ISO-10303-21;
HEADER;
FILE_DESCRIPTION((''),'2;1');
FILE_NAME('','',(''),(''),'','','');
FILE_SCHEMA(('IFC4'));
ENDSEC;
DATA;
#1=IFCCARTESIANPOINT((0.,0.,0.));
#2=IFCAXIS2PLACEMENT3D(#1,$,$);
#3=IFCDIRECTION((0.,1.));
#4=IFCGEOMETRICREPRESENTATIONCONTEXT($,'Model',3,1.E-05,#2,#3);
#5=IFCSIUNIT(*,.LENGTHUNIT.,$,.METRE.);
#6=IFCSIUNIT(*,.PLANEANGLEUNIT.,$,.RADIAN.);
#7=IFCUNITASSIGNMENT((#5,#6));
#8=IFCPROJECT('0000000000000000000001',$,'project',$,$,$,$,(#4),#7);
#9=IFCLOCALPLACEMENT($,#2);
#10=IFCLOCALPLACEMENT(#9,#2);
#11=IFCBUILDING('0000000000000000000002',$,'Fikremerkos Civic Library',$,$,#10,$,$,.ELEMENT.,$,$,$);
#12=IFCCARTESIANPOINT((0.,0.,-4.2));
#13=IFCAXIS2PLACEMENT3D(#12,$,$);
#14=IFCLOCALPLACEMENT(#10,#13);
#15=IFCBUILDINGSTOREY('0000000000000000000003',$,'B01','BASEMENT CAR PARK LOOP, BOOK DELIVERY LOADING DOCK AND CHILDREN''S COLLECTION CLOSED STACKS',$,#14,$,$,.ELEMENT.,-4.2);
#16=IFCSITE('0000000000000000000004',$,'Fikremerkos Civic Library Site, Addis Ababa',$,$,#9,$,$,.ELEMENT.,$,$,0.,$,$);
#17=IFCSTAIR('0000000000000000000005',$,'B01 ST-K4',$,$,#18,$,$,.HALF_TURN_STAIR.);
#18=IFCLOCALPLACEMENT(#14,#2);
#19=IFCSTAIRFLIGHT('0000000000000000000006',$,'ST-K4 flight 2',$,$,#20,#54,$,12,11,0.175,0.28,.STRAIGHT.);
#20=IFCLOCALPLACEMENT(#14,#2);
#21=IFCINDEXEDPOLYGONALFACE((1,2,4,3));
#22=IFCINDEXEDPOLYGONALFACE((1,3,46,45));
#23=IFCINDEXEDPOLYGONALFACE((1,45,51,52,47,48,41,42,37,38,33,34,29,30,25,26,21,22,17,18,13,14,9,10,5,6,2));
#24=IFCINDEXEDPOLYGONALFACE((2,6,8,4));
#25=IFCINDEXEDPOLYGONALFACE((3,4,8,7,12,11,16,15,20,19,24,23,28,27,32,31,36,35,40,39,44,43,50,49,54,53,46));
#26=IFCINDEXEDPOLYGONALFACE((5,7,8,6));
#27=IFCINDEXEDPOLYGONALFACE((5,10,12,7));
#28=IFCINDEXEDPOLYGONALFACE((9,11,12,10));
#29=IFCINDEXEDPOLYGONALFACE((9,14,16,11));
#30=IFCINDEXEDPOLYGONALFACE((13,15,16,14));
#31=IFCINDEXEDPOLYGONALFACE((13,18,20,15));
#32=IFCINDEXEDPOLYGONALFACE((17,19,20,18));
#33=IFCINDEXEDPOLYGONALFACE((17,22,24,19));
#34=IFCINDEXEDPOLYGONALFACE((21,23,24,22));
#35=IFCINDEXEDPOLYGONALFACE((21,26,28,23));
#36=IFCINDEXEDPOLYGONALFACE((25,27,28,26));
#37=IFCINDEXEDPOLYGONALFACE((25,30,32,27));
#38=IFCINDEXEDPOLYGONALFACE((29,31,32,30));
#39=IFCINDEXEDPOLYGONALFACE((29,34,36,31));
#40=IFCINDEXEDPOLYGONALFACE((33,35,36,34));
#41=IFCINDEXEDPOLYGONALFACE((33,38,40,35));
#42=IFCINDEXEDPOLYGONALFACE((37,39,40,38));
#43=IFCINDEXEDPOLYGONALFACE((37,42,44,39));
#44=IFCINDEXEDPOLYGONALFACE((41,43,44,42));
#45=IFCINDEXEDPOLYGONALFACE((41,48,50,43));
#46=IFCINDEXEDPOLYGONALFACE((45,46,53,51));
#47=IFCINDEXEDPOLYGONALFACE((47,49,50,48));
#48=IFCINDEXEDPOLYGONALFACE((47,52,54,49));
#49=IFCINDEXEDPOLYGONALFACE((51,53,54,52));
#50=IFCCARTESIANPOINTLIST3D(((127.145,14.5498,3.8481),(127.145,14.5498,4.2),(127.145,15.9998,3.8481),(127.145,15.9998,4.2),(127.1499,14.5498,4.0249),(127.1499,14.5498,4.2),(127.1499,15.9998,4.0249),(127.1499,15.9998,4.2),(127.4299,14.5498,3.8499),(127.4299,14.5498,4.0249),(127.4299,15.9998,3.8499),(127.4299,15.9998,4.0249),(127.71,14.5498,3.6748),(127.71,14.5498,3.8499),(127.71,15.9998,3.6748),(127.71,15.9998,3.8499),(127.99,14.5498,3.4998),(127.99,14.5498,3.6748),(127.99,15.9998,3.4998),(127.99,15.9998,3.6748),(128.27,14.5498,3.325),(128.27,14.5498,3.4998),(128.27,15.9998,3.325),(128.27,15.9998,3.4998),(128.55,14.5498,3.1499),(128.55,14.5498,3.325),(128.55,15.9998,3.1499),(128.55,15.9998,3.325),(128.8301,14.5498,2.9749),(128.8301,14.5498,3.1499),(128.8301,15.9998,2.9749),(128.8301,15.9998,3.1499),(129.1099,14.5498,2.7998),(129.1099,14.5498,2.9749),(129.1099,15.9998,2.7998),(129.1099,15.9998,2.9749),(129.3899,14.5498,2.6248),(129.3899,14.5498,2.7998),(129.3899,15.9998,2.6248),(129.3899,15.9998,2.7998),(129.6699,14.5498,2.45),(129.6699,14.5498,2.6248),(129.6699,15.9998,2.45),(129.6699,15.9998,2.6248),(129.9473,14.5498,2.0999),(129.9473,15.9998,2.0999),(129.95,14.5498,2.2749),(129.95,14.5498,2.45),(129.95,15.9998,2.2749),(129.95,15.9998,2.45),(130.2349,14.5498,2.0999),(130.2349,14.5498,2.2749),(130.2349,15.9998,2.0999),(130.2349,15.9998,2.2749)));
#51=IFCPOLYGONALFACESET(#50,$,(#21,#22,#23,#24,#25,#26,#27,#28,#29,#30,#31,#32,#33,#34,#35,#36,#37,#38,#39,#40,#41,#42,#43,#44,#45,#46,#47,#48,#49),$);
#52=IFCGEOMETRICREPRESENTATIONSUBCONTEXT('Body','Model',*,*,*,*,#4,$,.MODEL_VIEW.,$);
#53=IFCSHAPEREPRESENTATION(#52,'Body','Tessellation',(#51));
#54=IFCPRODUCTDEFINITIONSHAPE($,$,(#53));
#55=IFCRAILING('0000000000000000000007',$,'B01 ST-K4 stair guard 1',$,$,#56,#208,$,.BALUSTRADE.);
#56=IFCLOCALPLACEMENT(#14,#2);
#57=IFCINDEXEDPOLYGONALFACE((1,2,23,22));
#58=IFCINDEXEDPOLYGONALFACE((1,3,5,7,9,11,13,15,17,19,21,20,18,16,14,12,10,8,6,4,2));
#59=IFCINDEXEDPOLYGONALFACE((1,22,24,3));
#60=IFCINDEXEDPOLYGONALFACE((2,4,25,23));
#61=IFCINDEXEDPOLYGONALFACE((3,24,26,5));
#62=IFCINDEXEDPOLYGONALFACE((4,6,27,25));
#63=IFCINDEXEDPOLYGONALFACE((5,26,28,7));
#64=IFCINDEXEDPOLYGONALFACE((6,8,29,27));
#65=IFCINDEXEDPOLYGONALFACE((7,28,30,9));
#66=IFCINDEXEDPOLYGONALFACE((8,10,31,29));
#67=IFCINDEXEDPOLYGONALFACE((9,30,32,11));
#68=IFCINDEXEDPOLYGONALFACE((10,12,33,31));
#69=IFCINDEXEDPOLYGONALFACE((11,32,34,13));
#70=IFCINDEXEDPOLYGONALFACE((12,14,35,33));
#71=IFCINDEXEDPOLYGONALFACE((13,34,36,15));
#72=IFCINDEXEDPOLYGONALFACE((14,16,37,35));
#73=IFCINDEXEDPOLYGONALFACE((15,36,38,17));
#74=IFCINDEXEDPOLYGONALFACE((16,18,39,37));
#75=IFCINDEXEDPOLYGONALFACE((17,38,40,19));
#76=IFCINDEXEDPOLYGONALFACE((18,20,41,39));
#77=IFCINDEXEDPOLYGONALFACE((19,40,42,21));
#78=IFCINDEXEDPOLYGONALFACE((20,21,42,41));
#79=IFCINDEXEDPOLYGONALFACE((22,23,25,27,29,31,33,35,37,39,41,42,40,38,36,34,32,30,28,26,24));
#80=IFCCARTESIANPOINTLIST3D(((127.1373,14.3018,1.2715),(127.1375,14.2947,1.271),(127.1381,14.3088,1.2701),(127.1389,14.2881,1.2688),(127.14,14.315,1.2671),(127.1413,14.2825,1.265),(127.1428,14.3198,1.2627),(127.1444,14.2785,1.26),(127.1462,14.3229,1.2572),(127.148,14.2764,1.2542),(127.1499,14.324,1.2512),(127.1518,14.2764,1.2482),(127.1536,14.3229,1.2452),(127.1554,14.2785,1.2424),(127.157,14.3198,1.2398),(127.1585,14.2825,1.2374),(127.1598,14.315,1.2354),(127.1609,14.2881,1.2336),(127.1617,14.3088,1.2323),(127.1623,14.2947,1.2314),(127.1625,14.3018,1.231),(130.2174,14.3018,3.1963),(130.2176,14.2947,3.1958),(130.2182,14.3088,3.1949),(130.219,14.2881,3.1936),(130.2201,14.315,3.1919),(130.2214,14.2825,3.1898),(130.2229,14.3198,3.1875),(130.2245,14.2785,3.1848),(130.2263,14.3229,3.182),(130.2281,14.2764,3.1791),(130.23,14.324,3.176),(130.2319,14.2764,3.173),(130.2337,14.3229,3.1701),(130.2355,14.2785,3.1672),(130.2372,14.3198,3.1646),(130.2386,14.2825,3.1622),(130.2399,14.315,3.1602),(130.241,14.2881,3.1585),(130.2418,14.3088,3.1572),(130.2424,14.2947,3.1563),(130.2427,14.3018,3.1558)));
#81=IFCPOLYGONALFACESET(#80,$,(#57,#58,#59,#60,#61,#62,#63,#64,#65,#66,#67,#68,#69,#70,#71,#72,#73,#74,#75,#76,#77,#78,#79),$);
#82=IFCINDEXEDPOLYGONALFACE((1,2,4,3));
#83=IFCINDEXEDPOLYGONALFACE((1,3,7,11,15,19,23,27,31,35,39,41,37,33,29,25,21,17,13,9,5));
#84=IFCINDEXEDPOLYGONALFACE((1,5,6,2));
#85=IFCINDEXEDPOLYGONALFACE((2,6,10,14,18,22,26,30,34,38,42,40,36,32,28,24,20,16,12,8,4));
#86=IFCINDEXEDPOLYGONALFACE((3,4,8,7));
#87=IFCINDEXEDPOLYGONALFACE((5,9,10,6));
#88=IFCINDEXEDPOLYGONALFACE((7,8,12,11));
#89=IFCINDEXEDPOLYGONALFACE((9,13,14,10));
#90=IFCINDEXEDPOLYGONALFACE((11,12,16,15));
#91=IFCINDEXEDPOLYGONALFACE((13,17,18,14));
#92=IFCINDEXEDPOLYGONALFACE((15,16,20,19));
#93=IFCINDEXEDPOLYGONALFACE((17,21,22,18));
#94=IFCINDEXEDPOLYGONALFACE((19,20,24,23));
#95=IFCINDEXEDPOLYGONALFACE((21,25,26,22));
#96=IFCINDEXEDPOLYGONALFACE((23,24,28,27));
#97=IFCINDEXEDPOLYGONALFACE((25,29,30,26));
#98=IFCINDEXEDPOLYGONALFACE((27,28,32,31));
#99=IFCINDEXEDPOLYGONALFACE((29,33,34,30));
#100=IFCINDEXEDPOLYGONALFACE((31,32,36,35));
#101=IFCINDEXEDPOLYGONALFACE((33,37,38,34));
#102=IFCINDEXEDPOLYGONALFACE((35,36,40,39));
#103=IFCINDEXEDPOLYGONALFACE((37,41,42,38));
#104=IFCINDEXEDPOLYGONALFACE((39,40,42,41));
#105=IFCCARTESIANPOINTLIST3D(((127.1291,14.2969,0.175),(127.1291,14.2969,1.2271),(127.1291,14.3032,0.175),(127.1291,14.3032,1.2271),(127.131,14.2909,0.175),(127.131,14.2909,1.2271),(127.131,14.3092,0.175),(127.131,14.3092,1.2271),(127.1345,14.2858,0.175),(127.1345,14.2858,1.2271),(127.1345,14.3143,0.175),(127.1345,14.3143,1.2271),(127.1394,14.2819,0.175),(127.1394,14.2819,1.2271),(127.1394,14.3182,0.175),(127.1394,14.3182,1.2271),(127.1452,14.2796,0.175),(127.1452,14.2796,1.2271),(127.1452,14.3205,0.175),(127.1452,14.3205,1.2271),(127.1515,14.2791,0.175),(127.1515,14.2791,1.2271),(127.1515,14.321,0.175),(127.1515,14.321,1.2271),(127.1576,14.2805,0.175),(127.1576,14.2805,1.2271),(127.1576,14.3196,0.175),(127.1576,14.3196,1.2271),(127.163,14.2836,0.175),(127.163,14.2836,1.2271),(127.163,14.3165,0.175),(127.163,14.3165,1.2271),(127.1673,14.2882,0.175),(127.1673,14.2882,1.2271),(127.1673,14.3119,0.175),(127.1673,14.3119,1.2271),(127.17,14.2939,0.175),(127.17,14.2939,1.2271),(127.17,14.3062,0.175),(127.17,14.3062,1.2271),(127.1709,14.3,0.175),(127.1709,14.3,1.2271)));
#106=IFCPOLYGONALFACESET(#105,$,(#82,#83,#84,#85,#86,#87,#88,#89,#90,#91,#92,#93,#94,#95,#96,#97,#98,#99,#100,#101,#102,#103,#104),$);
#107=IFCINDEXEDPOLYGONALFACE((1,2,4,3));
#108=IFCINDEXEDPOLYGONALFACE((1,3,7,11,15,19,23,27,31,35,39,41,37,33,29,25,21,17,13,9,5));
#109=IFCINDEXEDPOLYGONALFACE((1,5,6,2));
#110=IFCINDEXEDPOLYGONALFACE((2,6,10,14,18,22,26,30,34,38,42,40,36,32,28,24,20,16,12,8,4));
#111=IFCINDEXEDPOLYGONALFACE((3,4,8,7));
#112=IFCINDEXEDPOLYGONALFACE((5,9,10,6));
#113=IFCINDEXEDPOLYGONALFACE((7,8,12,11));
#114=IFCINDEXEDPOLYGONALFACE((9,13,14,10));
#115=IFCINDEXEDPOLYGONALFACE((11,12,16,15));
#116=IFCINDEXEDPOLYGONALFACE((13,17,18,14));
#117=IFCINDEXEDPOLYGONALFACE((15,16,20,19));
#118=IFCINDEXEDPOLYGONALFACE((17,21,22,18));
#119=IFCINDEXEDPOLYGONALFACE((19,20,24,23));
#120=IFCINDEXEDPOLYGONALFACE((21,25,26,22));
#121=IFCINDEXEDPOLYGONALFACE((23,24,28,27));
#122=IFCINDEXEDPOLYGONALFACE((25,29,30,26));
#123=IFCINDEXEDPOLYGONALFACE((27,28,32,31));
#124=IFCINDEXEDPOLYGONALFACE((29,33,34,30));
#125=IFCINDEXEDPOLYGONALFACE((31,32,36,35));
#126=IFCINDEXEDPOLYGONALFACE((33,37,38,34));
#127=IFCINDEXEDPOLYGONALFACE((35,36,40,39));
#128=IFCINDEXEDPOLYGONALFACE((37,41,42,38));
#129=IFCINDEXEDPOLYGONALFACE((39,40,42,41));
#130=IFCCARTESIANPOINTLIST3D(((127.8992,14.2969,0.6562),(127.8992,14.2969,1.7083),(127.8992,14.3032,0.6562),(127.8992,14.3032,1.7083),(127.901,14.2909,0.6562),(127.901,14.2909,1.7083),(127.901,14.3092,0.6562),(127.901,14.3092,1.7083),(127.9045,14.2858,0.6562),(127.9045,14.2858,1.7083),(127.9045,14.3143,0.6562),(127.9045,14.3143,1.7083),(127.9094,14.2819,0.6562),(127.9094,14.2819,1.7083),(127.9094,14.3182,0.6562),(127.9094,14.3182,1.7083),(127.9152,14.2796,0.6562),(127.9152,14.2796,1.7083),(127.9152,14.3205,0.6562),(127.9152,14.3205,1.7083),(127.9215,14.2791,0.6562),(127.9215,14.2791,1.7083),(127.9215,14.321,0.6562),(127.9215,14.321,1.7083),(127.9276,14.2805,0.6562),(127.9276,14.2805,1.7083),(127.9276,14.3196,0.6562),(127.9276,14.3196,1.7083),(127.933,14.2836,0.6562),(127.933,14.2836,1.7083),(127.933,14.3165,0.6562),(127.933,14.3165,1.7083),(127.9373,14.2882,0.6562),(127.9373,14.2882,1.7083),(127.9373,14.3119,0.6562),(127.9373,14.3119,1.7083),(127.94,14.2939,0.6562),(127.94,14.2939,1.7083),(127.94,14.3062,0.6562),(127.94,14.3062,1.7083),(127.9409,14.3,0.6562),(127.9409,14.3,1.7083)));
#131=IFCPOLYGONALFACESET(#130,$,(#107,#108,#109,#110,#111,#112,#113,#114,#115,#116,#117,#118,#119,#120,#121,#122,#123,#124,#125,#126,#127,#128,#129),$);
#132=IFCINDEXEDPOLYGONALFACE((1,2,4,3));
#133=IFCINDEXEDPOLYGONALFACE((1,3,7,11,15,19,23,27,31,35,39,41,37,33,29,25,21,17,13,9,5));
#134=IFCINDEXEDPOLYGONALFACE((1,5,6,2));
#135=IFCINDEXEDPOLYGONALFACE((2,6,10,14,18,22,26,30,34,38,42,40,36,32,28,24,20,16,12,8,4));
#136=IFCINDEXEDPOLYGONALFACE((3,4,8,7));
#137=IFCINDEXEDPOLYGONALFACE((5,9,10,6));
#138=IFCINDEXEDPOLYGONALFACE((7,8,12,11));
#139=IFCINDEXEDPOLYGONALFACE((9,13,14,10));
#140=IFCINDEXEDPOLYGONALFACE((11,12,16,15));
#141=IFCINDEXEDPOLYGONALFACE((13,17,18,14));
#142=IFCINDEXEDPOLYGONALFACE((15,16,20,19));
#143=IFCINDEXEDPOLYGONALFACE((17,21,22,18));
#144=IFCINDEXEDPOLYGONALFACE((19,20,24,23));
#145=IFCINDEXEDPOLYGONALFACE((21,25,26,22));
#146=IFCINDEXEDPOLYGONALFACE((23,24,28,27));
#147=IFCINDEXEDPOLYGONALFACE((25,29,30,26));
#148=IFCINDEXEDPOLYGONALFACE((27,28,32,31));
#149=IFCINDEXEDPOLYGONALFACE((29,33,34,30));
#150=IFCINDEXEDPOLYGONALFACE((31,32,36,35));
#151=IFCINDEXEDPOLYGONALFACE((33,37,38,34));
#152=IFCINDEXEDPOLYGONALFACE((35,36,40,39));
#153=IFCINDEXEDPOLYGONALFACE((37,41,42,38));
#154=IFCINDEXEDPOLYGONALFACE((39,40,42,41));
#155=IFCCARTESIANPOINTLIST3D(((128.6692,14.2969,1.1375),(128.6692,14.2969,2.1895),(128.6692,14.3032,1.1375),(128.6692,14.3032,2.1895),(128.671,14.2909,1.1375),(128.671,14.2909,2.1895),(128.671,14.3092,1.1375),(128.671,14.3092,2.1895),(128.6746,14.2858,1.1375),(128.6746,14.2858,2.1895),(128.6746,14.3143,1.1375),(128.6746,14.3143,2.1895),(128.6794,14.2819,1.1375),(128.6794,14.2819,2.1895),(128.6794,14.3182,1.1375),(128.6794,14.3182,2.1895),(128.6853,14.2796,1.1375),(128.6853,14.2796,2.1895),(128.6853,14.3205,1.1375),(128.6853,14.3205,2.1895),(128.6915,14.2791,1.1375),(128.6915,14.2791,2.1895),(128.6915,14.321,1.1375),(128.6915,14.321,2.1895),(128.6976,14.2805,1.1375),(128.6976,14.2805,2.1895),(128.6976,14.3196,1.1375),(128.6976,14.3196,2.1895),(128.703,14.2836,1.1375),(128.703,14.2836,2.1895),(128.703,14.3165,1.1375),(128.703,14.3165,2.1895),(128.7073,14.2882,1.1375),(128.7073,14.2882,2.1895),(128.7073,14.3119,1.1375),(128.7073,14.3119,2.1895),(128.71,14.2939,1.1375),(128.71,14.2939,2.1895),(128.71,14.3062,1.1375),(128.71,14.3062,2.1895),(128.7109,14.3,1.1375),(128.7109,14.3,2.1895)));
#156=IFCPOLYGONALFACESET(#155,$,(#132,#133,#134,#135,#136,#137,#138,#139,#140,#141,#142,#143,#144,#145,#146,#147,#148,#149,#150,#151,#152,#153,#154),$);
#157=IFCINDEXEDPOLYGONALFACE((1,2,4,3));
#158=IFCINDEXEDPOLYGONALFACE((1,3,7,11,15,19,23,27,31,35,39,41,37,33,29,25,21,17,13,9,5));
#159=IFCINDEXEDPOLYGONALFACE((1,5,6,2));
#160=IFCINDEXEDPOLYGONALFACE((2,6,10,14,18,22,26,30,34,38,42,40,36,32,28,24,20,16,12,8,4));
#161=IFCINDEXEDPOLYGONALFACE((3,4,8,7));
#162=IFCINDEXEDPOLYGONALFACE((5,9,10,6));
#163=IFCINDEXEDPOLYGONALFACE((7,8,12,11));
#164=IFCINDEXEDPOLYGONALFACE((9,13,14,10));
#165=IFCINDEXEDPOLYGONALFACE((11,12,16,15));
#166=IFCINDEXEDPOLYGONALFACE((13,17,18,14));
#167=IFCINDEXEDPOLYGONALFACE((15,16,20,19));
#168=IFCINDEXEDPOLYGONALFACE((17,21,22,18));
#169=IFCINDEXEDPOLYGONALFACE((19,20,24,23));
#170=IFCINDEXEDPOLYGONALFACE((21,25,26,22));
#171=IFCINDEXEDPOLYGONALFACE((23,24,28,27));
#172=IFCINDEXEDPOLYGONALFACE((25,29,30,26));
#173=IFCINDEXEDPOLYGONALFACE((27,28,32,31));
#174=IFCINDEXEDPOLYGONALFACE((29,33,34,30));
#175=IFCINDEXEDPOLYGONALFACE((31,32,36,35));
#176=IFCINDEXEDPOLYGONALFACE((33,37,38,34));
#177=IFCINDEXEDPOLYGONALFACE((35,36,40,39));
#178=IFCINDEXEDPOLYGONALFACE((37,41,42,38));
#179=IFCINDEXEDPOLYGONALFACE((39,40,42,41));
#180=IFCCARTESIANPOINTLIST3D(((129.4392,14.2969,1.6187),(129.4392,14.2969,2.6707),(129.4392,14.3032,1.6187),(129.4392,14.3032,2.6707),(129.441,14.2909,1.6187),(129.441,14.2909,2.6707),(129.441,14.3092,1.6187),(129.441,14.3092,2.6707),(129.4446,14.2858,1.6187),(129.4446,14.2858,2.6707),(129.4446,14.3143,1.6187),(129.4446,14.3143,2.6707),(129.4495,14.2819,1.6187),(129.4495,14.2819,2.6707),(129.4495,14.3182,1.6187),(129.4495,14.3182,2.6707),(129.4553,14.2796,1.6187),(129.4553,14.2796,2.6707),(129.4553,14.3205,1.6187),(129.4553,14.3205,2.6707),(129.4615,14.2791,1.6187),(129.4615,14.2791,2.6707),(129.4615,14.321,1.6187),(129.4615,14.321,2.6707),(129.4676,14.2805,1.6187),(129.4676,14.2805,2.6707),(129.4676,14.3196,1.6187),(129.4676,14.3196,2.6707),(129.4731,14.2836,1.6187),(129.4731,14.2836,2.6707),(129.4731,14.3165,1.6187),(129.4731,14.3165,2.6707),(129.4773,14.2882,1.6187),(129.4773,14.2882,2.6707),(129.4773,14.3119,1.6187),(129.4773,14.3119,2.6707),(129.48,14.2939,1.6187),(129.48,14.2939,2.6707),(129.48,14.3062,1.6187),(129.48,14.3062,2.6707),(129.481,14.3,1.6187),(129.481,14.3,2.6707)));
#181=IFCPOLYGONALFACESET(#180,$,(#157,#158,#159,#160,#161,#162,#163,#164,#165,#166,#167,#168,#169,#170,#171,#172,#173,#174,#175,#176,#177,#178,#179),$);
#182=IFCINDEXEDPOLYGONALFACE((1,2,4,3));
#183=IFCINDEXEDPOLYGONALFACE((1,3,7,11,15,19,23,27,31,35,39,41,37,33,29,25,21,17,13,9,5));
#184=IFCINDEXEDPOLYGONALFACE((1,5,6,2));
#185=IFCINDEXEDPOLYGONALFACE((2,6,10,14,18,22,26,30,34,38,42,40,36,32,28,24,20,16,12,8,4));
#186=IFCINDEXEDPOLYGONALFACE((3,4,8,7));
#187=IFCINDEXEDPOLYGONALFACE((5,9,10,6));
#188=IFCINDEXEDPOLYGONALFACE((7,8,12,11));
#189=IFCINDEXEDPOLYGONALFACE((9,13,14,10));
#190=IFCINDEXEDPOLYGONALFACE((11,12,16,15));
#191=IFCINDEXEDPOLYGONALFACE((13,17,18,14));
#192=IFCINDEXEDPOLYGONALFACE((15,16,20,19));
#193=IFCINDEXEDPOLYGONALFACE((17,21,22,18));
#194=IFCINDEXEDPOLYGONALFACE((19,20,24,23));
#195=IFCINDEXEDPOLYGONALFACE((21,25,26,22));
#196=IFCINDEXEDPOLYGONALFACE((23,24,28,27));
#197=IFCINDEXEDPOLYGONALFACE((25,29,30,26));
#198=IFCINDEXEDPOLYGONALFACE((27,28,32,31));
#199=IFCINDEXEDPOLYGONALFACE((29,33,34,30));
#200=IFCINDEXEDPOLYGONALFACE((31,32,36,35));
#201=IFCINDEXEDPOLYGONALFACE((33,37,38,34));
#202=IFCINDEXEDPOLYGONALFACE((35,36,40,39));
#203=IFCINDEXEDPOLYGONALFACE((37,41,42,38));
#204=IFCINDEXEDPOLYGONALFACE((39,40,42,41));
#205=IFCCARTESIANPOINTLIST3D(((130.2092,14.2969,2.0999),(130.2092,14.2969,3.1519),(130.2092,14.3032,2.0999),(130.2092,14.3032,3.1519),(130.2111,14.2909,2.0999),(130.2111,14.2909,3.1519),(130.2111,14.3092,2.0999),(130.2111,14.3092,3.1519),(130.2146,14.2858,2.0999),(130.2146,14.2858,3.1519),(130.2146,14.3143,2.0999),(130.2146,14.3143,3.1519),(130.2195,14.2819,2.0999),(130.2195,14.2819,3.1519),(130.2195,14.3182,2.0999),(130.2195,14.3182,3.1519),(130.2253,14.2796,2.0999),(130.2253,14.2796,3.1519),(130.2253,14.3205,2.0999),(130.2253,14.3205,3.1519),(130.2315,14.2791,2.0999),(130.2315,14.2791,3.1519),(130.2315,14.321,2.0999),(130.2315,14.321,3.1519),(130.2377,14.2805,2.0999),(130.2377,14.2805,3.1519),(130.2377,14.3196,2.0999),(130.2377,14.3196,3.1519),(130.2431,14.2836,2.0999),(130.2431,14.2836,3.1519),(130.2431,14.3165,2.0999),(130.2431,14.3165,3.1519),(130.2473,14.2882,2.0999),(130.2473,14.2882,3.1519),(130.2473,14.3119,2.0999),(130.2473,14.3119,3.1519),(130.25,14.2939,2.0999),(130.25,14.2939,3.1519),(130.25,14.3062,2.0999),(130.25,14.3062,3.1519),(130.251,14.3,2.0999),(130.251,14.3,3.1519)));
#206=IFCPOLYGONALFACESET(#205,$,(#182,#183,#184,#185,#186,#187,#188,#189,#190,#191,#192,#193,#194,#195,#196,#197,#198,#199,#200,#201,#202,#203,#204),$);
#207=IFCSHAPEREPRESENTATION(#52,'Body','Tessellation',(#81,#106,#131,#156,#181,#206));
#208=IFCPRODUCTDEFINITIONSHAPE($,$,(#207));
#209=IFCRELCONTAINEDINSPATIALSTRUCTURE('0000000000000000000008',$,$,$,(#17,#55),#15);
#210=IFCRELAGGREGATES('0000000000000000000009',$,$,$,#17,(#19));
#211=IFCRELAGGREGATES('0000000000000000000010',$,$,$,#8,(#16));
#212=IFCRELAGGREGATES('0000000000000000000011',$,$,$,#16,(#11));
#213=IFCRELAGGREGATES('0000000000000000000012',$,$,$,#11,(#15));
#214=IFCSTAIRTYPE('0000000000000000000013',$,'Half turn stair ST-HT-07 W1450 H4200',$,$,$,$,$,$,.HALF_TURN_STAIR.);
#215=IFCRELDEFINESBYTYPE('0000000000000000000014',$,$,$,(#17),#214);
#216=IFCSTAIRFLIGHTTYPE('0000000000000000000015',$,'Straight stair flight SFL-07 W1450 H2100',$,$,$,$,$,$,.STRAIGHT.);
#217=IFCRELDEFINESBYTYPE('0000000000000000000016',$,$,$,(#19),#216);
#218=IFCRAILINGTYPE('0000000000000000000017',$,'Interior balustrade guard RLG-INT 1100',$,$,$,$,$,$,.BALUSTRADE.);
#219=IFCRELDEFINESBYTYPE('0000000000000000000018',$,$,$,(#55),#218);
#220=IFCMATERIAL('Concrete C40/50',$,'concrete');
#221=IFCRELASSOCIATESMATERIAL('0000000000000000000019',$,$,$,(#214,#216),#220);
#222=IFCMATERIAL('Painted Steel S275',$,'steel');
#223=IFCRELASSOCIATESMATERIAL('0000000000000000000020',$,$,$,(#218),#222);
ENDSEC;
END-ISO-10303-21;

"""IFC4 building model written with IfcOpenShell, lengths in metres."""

from ifc_helpers import new_model, si_unit, direction, frame, origin, origin_2d, place, context, subcontext, project, spatial, polyline, circle, outline, extrude, material, type_object, element, aggregate, save


model = new_model("IFC4")

# Units and contexts
model_context = context("Model", 3, precision=1e-05, world=origin(), true_north=direction((0.0, 1.0)))
body_context = subcontext(model_context, "Body", "Model", "MODEL_VIEW")
ifc_project = project(units=[si_unit("LENGTHUNIT", "METRE"), si_unit("PLANEANGLEUNIT", "RADIAN")], contexts=[model_context])

# Site, building, storey
site_placement = place(None, origin())
site = spatial("IfcSite", under=ifc_project, at=site_placement, Name="Fikremerkos Civic Library Site, Addis Ababa", CompositionType="ELEMENT", RefElevation=0.0)
building_placement = place(site_placement, origin())
building = spatial("IfcBuilding", under=site, at=building_placement, Name="Fikremerkos Civic Library", CompositionType="ELEMENT")
storey_placement = place(building_placement, frame((0.0, 0.0, -4.2)))
storey = spatial("IfcBuildingStorey", under=building, at=storey_placement, Name="B01", Description="BASEMENT CAR PARK LOOP, BOOK DELIVERY LOADING DOCK AND CHILDREN'S COLLECTION CLOSED STACKS", CompositionType="ELEMENT", Elevation=-4.2)

# Shared definitions
ifc_material_1 = material(Name="Concrete C40/50", Category="concrete")

# Stair, stair flight
stair_type = type_object("IfcStairType", Name="Half turn stair ST-HT-07 W1450 H4200", PredefinedType="HALF_TURN_STAIR", material=ifc_material_1)
stair_placement = place(storey_placement, origin())
stair = element("IfcStair", 1, at=stair_placement, inside=storey, type_object=stair_type, Name="B01 ST-K4", PredefinedType="HALF_TURN_STAIR")
stair_flight_type = type_object("IfcStairFlightType", Name="Straight stair flight SFL-07 W1450 H2100", PredefinedType="STRAIGHT", material=ifc_material_1)
stair_flight_1_placement = place(storey_placement, frame((130.23, 15.2749, 2.0999), z_axis=(0.0, 0.0, 1.0), x_axis=(-1.0, 0.0, 0.0)))
stair_flight_1 = element("IfcStairFlight", 2, at=stair_flight_1_placement, type_object=stair_flight_type, Name="ST-K4 flight 2", NumberOfRisers=12, NumberOfTreads=11, PredefinedType="STRAIGHT", RiserHeight=0.175, TreadLength=0.28, context=body_context, shape_type="SweptSolid", body=[
    extrude(outline(polyline([(-0.0049, 0.0), (-0.0049, 0.175), (0.28, 0.175), (0.28, 0.3501), (0.5601, 0.3501), (0.5601, 0.5249), (0.8401, 0.5249), (0.8401, 0.7), (1.1201, 0.7), (1.1201, 0.875), (1.3999, 0.875), (1.3999, 1.05), (1.6799, 1.05), (1.6799, 1.2251), (1.96, 1.2251), (1.96, 1.3999), (2.24, 1.3999), (2.24, 1.575), (2.52, 1.575), (2.52, 1.75), (2.8, 1.75), (2.8, 1.925), (3.0801, 1.925), (3.0801, 2.1001), (3.085, 2.1001), (3.085, 1.7483), (0.2827, 0.0), (-0.0049, 0.0)])), frame((0.0, 0.7251, 0.0), z_axis=(0.0, -1.0, 0.0), x_axis=(1.0, 0.0, 0.0)), (0.0, 0.0, 1.0), 1.45),
])
aggregate(stair, [stair_flight_1])

# Railing
ifc_material_2 = material(Name="Painted Steel S275", Category="steel")
railing_type_1 = type_object("IfcRailingType", Name="Interior balustrade guard RLG-INT 1100", PredefinedType="BALUSTRADE", material=ifc_material_2)
railing_1_placement = place(storey_placement, frame((127.1499, 14.3, 0.175)))
element("IfcRailing", 3, at=railing_1_placement, inside=storey, type_object=railing_type_1, Name="B01 ST-K4 stair guard 1", PredefinedType="BALUSTRADE", context=body_context, shape_type="SweptSolid", body=[
    extrude(circle(Radius=0.0239, at=origin_2d()), frame((0.0, 0.0, 1.0762), z_axis=(0.848029, 0.0, 0.529951), x_axis=(0.0, 1.0, 0.0)), (0.0, 0.0, 1.0), 3.6321),
    extrude(circle(Radius=0.021, at=origin_2d()), origin(), (0.0, 0.0, 1.0), 1.052),
    extrude(circle(Radius=0.021, at=origin_2d()), frame((0.77, 0.0, 0.4812)), (0.0, 0.0, 1.0), 1.052),
    extrude(circle(Radius=0.021, at=origin_2d()), frame((1.54, 0.0, 0.9624)), (0.0, 0.0, 1.0), 1.052),
    extrude(circle(Radius=0.021, at=origin_2d()), frame((2.3101, 0.0, 1.4436)), (0.0, 0.0, 1.0), 1.052),
    extrude(circle(Radius=0.021, at=origin_2d()), frame((3.0801, 0.0, 1.9248)), (0.0, 0.0, 1.0), 1.052),
])

save(model, "model.ifc")
